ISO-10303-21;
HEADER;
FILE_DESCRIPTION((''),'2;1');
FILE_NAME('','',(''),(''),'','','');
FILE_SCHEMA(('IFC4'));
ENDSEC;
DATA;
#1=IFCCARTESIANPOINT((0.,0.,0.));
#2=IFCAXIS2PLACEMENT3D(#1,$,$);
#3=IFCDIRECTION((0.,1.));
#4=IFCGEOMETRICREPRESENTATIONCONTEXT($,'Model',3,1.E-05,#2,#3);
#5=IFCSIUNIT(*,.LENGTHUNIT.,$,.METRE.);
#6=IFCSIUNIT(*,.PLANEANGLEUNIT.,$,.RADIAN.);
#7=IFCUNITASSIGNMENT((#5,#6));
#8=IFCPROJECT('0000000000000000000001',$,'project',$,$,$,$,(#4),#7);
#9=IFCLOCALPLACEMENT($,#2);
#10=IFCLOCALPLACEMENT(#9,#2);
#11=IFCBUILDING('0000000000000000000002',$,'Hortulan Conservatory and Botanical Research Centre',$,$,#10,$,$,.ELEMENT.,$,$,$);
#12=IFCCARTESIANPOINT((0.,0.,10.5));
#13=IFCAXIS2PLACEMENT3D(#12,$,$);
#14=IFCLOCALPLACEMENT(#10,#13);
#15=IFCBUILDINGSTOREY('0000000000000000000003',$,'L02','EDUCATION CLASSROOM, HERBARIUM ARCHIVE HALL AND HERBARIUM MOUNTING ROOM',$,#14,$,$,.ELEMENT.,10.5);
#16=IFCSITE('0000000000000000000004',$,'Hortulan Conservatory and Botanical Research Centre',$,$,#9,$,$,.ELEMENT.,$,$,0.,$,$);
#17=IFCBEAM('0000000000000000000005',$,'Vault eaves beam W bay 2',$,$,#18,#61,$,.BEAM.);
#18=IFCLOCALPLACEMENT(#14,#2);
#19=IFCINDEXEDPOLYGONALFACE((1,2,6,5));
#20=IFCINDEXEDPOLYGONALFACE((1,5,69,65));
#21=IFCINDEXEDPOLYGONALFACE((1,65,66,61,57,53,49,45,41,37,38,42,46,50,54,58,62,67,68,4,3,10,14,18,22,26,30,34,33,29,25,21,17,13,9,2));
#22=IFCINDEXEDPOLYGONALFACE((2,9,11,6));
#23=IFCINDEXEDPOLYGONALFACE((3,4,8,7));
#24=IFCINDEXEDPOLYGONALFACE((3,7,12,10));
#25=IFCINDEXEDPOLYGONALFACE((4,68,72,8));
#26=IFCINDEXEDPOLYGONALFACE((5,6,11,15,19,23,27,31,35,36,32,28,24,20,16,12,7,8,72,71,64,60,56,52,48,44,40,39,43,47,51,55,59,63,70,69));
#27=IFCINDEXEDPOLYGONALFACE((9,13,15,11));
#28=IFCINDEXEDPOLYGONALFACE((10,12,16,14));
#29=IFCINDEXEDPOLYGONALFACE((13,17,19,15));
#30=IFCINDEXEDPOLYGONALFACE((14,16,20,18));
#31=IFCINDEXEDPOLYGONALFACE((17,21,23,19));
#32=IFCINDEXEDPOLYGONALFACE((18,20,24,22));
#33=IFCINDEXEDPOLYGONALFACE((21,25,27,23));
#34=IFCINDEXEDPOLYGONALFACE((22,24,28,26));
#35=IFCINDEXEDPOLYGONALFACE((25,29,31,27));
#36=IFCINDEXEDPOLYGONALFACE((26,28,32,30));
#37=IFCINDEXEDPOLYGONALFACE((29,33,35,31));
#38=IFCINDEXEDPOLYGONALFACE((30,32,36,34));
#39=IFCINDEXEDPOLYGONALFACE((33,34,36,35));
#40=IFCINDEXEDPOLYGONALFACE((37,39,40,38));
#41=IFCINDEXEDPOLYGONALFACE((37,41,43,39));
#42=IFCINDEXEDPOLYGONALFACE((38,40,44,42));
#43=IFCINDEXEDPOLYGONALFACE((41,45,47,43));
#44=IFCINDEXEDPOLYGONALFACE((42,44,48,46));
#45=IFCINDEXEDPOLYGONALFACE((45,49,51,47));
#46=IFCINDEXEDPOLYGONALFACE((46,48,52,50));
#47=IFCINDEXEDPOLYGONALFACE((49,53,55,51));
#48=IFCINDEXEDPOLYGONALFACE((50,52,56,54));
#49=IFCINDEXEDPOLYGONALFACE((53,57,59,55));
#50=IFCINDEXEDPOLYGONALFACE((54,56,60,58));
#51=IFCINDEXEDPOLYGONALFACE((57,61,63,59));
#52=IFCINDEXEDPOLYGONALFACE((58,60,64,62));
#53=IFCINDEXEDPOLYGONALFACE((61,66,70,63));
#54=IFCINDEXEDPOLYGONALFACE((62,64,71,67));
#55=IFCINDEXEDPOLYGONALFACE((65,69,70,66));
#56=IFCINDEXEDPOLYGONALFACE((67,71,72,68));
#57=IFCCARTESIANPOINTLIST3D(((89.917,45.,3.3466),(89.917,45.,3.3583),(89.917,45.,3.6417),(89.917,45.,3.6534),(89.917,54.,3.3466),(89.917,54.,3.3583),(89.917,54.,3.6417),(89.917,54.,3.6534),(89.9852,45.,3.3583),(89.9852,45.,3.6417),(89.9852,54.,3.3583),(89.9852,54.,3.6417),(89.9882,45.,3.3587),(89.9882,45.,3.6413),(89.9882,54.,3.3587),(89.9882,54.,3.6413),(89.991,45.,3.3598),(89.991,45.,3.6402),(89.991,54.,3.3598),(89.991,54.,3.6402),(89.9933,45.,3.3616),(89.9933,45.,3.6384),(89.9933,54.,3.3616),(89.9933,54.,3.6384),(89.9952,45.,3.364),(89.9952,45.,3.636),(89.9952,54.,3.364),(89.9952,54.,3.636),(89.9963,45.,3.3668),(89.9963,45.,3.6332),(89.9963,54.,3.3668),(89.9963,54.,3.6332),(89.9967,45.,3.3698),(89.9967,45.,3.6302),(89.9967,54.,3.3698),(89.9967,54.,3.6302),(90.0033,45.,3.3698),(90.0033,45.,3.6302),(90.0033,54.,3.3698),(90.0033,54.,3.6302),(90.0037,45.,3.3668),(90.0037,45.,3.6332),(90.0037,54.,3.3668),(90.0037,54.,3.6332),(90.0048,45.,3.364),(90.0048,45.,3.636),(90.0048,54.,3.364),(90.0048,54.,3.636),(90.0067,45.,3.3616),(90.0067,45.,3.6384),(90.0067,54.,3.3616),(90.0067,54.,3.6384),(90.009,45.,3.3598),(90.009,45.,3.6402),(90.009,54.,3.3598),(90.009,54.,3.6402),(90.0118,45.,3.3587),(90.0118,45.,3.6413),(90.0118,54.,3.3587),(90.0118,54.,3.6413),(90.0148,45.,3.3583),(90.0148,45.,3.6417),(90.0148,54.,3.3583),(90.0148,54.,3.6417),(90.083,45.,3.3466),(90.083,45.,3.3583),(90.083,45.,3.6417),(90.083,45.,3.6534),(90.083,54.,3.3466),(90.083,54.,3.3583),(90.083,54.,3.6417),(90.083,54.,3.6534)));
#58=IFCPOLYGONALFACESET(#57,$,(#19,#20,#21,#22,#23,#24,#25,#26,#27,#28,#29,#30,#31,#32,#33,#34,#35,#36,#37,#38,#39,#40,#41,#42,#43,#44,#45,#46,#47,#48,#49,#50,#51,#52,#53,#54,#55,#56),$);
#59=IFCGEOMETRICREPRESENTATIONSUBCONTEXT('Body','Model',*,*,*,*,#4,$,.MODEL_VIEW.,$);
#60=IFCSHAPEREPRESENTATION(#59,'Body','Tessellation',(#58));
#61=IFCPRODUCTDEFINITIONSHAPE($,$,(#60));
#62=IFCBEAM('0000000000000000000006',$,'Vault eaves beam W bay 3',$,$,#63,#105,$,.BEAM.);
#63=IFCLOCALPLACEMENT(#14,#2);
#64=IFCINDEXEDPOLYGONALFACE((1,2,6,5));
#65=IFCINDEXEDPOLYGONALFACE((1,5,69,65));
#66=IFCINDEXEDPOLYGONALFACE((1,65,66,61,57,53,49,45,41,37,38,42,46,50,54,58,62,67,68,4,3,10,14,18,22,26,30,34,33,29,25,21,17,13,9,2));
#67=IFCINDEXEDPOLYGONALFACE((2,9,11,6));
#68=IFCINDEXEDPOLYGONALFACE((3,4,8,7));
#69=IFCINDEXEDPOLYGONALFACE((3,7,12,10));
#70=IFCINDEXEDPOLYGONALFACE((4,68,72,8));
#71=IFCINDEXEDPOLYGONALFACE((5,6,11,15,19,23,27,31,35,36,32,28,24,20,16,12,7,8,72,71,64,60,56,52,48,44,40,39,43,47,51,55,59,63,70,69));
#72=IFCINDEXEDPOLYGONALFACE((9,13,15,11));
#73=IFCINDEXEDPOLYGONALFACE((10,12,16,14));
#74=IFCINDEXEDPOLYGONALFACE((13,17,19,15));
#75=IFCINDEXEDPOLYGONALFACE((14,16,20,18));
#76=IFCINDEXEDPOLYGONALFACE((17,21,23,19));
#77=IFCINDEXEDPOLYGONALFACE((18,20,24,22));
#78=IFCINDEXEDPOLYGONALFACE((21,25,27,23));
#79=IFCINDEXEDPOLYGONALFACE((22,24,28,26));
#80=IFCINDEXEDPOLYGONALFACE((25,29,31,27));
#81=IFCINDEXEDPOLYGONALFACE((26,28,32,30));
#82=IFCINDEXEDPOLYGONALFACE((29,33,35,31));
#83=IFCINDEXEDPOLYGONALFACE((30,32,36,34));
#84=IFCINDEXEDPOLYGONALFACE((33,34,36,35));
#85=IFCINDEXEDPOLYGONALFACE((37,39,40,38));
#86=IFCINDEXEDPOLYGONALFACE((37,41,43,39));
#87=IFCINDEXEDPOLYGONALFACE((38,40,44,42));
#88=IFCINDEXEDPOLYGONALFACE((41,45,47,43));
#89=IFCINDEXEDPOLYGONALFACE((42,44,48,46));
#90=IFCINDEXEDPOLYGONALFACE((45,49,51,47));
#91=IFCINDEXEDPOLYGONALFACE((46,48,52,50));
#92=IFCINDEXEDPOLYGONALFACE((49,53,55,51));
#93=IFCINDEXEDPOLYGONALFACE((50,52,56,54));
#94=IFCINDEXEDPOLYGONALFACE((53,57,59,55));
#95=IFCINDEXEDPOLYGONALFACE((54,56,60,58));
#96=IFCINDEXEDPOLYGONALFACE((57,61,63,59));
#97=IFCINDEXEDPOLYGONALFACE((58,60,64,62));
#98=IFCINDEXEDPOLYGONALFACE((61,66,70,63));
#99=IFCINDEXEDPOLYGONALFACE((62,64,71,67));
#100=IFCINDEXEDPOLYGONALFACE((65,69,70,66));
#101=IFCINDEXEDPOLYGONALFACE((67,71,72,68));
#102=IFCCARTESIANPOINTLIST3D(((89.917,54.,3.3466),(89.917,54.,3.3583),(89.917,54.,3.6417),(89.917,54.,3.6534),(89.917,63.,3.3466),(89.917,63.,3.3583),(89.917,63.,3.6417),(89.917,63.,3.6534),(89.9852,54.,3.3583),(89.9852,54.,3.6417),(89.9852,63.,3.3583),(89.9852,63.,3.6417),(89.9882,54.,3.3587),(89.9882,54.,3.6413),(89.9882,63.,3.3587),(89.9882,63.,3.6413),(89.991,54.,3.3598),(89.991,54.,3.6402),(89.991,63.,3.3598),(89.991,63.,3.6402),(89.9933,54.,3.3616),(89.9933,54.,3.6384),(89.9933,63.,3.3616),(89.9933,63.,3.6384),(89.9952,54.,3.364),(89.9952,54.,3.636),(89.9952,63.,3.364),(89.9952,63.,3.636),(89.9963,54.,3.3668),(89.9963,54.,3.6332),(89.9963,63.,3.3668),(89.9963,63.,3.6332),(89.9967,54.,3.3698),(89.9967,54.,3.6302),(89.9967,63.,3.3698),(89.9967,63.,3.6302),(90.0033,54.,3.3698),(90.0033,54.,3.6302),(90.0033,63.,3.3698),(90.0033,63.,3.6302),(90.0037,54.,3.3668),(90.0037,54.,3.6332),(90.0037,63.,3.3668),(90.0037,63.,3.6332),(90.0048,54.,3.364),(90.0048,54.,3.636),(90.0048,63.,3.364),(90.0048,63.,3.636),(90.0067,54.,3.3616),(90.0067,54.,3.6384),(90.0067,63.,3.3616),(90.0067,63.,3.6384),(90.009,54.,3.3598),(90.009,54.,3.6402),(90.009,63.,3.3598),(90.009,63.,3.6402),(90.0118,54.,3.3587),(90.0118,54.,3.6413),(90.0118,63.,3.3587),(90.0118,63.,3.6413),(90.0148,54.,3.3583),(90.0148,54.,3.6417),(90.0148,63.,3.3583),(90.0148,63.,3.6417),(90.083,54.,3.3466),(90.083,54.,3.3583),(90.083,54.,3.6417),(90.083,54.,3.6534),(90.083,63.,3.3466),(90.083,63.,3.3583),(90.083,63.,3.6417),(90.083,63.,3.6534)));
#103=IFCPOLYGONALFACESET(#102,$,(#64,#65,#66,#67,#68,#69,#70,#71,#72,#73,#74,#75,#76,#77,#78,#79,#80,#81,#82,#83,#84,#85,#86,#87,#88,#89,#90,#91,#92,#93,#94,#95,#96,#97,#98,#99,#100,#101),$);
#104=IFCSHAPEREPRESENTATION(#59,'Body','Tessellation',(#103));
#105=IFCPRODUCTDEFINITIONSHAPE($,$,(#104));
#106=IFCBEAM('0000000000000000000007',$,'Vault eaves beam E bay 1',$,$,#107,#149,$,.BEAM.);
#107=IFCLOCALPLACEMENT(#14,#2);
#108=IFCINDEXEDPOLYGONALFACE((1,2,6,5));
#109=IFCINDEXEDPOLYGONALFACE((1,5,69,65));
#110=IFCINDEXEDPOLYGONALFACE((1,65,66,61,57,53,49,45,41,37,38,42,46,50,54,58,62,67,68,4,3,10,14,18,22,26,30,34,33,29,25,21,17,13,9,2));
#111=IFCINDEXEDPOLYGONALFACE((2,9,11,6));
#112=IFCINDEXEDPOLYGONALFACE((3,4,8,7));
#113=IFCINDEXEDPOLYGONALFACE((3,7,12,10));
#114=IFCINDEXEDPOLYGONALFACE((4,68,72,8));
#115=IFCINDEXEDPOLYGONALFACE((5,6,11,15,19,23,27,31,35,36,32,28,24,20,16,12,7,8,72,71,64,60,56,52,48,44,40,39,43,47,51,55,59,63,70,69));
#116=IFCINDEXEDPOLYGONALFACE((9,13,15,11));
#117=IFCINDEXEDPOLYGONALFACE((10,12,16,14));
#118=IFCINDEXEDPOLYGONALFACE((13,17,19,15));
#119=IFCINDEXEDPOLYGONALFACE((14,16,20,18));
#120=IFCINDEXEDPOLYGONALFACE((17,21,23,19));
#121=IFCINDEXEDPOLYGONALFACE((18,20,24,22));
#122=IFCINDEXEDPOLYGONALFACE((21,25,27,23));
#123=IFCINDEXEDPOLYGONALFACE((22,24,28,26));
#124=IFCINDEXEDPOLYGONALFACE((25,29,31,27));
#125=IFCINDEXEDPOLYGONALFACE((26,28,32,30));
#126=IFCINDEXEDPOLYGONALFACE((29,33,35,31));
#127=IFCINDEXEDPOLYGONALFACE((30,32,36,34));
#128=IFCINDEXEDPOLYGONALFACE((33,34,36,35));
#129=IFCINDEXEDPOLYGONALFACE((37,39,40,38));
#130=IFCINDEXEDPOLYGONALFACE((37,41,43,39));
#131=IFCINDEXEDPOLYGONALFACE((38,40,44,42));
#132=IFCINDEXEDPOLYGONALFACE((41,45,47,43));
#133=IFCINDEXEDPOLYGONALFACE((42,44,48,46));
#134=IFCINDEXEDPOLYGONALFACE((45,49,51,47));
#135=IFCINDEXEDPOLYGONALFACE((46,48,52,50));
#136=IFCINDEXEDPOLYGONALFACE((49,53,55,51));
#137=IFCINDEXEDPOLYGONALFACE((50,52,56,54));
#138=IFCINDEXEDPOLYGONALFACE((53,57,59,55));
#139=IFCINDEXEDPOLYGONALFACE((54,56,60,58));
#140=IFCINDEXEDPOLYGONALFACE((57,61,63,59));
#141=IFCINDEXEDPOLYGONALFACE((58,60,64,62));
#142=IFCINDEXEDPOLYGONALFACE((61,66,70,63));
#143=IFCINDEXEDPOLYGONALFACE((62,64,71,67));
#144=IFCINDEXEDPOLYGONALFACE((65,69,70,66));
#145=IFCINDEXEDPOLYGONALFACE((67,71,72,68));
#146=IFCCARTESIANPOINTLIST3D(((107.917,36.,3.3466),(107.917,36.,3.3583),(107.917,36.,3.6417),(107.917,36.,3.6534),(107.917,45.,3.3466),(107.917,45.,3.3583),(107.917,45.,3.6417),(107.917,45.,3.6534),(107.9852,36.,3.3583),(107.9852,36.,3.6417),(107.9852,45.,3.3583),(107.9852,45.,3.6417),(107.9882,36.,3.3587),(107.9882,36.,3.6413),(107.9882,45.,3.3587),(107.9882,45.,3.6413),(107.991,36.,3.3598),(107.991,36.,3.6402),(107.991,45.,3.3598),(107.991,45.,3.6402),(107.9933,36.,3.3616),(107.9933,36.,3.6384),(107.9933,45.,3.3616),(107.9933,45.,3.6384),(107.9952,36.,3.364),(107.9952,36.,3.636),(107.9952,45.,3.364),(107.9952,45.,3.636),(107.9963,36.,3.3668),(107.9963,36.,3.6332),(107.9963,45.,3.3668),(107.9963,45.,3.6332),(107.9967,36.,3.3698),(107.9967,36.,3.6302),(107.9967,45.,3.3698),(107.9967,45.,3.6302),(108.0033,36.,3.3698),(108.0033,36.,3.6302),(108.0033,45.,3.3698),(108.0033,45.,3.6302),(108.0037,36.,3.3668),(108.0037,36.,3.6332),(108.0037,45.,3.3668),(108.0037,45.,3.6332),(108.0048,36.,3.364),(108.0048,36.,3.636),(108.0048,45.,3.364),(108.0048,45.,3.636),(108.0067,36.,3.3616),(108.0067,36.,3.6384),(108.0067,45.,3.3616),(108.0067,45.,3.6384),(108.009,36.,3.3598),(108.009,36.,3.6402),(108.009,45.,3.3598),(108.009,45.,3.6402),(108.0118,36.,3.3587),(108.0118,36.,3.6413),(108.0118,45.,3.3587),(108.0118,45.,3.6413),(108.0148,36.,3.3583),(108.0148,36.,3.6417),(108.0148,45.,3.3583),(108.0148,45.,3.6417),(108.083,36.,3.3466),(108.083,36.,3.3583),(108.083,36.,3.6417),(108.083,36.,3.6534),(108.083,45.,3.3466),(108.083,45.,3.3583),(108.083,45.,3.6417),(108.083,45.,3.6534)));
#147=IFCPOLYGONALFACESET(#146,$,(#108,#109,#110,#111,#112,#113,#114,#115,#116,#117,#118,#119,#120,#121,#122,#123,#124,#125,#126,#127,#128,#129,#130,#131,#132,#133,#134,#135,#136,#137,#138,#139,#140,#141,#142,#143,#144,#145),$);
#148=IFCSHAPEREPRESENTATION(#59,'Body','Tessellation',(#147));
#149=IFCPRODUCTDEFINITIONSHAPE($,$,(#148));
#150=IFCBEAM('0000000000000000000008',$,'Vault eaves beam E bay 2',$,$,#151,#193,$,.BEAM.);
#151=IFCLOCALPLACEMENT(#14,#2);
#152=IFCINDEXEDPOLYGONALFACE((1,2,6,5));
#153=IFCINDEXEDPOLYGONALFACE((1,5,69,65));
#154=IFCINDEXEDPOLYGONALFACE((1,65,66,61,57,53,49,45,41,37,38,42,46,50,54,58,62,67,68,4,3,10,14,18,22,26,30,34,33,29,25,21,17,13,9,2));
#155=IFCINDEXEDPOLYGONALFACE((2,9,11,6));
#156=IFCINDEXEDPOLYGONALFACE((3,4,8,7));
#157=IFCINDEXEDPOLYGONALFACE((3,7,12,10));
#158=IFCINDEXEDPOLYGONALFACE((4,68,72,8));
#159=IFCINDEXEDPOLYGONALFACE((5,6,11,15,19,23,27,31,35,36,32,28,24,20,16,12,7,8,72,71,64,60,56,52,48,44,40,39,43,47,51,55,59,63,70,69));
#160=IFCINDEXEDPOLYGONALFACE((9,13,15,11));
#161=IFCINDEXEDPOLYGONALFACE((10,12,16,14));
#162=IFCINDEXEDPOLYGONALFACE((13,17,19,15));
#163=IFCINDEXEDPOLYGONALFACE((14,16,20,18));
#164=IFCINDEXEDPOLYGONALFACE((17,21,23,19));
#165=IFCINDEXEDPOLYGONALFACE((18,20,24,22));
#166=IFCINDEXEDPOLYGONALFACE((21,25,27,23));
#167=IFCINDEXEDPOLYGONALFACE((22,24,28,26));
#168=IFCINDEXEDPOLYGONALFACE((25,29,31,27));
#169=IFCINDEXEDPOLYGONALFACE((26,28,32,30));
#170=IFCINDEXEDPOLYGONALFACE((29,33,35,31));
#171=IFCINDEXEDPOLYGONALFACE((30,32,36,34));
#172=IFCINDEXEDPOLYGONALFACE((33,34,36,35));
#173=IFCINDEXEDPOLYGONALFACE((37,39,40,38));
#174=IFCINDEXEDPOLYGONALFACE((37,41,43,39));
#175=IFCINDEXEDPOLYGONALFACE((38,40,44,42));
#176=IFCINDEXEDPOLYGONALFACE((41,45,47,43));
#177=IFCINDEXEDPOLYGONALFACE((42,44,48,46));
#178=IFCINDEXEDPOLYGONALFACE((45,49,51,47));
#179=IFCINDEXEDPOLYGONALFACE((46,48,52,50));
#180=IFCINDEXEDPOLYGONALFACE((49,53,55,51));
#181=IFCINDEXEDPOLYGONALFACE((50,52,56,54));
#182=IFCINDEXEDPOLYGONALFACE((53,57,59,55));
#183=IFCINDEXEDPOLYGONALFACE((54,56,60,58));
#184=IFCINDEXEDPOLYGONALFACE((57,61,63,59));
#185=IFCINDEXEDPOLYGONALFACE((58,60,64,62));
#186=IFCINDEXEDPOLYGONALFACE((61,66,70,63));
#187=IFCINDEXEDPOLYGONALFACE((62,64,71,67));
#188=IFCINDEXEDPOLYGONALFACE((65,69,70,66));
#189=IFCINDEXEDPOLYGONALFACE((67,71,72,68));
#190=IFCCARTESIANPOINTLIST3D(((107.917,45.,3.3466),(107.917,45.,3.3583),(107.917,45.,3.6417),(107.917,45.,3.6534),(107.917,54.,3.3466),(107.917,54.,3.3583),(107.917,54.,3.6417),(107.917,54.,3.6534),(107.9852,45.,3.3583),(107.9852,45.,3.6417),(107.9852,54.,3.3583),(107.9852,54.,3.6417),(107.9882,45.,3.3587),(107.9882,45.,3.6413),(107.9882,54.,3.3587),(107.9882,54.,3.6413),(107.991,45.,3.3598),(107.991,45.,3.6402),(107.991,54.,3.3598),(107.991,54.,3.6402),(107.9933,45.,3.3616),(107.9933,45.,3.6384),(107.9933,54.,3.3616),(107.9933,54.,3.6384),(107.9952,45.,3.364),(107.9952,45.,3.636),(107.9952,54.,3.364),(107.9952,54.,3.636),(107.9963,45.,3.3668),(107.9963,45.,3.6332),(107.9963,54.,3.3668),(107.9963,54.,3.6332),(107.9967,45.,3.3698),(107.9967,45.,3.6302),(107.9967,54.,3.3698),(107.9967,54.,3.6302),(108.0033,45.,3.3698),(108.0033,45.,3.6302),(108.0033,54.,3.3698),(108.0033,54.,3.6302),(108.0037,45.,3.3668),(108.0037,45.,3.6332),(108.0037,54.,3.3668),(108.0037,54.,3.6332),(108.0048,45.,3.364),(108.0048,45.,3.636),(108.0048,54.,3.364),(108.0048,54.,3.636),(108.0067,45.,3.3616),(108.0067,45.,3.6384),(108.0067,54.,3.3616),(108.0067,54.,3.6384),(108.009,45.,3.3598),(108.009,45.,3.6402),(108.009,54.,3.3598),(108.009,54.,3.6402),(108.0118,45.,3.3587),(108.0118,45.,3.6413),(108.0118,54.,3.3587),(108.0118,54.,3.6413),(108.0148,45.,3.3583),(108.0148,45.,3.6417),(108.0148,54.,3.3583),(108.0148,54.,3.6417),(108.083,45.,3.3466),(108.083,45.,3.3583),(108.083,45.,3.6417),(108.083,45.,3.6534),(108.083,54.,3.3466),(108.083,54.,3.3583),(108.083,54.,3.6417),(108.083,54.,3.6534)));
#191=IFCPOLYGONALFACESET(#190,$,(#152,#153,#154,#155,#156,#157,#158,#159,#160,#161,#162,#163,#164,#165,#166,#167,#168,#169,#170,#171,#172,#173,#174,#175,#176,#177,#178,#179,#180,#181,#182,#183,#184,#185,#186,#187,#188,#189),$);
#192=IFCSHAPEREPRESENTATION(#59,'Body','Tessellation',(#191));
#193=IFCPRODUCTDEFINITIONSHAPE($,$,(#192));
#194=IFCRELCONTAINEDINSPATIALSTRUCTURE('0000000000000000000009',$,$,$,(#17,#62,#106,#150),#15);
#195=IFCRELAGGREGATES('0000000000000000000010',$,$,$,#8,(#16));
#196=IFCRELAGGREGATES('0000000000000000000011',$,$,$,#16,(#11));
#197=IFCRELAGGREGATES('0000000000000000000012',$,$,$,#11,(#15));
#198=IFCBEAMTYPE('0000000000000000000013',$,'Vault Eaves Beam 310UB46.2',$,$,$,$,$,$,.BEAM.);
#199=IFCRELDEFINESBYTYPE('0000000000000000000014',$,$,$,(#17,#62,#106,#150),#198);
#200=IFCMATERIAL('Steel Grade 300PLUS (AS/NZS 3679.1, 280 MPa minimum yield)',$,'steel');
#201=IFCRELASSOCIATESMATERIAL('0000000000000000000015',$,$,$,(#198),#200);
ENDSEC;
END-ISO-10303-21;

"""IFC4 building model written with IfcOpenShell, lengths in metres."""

from ifc_helpers import new_model, si_unit, direction, frame, origin, origin_2d, place, context, subcontext, project, spatial, i_section, extrude, material, material_profile, profile_set, type_object, element, save


model = new_model("IFC4")

# Units and contexts
model_context = context("Model", 3, precision=1e-05, world=origin(), true_north=direction((0.0, 1.0)))
body_context = subcontext(model_context, "Body", "Model", "MODEL_VIEW")
ifc_project = project(units=[si_unit("LENGTHUNIT", "METRE"), si_unit("PLANEANGLEUNIT", "RADIAN")], contexts=[model_context])

# Site, building, storey
site_placement = place(None, origin())
site = spatial("IfcSite", under=ifc_project, at=site_placement, Name="Hortulan Conservatory and Botanical Research Centre", CompositionType="ELEMENT", RefElevation=0.0)
building_placement = place(site_placement, origin())
building = spatial("IfcBuilding", under=site, at=building_placement, Name="Hortulan Conservatory and Botanical Research Centre", CompositionType="ELEMENT")
storey_placement = place(building_placement, frame((0.0, 0.0, 10.5)))
storey = spatial("IfcBuildingStorey", under=building, at=storey_placement, Name="L02", Description="EDUCATION CLASSROOM, HERBARIUM ARCHIVE HALL AND HERBARIUM MOUNTING ROOM", CompositionType="ELEMENT", Elevation=10.5)

# Shared definitions
ifc_material_1 = material(Name="Steel Grade 300PLUS (AS/NZS 3679.1, 280 MPa minimum yield)", Category="steel")

# Beams
ifc_material_profile_1 = material_profile(ifc_material_1, i_section(OverallWidth=0.166, OverallDepth=0.3069, WebThickness=0.0066, FlangeThickness=0.0117, FilletRadius=0.0115, at=origin_2d()), Name="310UB46.2")
ifc_profile_set_1 = profile_set([ifc_material_profile_1], Name="Steel Grade 300PLUS (AS/NZS 3679.1, 280 MPa minimum yield)")
beam_type_1 = type_object("IfcBeamType", Name="Vault Eaves Beam 310UB46.2", PredefinedType="BEAM", material=ifc_profile_set_1)
for number, where, z_axis, x_axis, name in (
    (1, (90.0, 45.0, 3.5), (0.0, 1.0, 0.0), (-1.0, 0.0, 0.0), "Vault eaves beam W bay 2"),
    (2, (90.0, 54.0, 3.5), (0.0, 1.0, 0.0), (-1.0, 0.0, 0.0), "Vault eaves beam W bay 3"),
    (3, (108.0, 36.0, 3.5), (0.0, 1.0, 0.0), (-1.0, 0.0, 0.0), "Vault eaves beam E bay 1"),
    (4, (108.0, 45.0, 3.5), (0.0, 1.0, 0.0), (-1.0, 0.0, 0.0), "Vault eaves beam E bay 2"),
):
    element("IfcBeam", number, at=place(storey_placement, frame(where, z_axis=z_axis, x_axis=x_axis)), inside=storey, type_object=beam_type_1, Name=name, PredefinedType="BEAM", context=body_context, shape_type="SweptSolid", body=[
        extrude(i_section(OverallWidth=0.166, OverallDepth=0.3069, WebThickness=0.0066, FlangeThickness=0.0117, FilletRadius=0.0115, at=origin_2d()), origin(), (0.0, 0.0, 1.0), 9.0),
    ])

save(model, "model.ifc")
